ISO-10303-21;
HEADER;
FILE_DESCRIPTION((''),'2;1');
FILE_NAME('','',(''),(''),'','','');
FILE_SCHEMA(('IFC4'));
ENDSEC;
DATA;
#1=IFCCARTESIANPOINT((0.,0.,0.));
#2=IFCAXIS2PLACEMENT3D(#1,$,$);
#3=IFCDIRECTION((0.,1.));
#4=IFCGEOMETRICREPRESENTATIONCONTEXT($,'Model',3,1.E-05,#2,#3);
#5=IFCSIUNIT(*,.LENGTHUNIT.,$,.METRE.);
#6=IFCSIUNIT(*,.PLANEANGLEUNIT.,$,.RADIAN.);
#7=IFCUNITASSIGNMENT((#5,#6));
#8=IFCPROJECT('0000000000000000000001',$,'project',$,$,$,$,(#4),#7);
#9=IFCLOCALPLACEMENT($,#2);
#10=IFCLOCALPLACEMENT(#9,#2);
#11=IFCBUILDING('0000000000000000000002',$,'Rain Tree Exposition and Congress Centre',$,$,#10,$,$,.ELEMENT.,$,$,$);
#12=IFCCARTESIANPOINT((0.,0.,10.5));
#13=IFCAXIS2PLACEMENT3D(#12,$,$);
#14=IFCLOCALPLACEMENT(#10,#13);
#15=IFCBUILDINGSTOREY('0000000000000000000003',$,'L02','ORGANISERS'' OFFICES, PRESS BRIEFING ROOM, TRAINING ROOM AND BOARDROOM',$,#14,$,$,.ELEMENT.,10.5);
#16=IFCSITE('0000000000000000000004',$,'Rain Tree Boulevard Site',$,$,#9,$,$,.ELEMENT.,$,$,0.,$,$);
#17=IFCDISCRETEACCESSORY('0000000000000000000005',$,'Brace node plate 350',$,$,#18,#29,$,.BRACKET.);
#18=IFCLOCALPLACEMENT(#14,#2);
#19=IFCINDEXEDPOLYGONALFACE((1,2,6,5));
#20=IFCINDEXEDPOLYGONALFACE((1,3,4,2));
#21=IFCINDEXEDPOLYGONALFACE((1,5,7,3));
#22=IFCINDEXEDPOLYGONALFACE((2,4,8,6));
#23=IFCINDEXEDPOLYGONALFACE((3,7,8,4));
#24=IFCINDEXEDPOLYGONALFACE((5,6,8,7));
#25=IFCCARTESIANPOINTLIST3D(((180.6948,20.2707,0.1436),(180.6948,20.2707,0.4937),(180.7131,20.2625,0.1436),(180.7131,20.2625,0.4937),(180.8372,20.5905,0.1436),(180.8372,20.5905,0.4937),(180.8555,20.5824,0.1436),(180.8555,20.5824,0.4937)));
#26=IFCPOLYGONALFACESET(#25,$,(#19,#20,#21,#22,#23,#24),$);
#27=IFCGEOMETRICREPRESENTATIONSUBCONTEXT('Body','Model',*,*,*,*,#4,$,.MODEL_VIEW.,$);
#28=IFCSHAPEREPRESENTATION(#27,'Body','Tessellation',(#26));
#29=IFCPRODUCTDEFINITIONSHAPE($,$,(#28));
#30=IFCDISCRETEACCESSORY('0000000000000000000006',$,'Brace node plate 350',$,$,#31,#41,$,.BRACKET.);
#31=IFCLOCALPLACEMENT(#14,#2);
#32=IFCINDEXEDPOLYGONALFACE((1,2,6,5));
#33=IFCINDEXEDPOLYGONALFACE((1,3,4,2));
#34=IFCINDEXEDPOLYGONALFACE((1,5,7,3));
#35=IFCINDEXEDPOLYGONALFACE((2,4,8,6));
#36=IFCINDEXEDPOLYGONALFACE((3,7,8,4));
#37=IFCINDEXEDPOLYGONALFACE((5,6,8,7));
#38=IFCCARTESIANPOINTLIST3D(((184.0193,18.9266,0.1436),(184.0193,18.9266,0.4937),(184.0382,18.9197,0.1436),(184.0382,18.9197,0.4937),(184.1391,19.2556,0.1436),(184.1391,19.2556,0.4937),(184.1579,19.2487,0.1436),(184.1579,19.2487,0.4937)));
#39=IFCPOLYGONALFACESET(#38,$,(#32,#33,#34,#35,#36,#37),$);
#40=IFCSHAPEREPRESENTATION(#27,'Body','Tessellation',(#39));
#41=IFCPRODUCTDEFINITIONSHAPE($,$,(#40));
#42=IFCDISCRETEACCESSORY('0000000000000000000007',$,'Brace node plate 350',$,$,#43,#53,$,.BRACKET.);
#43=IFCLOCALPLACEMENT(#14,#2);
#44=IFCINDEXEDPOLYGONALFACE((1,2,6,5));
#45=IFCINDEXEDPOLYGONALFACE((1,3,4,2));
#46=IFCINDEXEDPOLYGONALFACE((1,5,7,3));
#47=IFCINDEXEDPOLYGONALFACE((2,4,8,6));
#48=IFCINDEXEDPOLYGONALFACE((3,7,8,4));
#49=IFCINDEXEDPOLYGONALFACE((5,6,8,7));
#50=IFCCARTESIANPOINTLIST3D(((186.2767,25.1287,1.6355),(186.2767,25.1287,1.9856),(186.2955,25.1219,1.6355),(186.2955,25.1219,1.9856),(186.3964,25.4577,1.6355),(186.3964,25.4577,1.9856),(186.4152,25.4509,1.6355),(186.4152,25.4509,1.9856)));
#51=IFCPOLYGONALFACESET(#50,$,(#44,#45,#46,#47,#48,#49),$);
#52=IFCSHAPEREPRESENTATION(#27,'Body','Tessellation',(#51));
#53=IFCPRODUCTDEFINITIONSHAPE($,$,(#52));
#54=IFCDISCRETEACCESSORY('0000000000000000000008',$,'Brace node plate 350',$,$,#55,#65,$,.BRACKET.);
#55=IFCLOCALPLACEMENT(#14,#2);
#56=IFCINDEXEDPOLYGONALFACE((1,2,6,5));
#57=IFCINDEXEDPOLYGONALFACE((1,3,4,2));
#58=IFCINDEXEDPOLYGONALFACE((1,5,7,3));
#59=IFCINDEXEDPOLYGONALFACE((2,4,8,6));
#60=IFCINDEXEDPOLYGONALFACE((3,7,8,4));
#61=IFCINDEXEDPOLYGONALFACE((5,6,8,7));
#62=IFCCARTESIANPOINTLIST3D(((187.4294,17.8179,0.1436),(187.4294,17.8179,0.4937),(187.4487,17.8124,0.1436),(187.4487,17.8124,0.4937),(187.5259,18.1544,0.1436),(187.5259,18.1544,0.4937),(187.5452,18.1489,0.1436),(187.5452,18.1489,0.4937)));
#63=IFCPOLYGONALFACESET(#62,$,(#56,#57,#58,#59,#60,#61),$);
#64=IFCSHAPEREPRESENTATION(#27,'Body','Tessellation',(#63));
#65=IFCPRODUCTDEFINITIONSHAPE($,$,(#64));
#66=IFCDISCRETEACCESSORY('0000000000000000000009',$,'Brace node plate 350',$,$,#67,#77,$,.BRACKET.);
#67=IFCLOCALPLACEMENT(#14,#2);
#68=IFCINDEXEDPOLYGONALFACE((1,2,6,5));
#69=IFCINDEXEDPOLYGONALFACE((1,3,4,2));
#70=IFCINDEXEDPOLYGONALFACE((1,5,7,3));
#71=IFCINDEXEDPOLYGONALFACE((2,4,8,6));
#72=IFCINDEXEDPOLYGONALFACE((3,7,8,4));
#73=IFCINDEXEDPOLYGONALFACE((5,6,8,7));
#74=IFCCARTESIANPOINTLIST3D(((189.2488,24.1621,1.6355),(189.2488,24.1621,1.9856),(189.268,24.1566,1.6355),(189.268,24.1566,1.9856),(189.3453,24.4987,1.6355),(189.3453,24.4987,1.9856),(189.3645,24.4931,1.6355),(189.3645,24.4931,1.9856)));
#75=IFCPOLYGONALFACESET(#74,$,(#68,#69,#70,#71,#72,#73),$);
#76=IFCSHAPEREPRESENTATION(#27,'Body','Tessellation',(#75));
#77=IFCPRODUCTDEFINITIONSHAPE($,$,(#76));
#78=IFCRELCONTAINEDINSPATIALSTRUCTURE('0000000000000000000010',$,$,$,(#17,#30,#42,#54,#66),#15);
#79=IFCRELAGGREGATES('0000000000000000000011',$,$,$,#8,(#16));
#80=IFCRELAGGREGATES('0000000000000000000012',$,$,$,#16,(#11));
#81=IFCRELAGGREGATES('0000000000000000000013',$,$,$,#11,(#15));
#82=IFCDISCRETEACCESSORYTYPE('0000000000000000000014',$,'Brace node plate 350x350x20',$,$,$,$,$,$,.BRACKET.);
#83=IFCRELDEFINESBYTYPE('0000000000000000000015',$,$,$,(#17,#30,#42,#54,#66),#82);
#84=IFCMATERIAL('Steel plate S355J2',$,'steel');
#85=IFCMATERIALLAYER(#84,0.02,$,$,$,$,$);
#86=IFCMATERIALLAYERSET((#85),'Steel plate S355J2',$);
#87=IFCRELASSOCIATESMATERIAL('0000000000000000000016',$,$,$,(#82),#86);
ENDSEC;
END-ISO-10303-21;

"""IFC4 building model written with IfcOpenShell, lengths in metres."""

from ifc_helpers import new_model, si_unit, direction, frame, origin, origin_2d, place, context, subcontext, project, spatial, rectangle, extrude, material, layer, layer_set, type_object, element, save


model = new_model("IFC4")

# Units and contexts
model_context = context("Model", 3, precision=1e-05, world=origin(), true_north=direction((0.0, 1.0)))
body_context = subcontext(model_context, "Body", "Model", "MODEL_VIEW")
ifc_project = project(units=[si_unit("LENGTHUNIT", "METRE"), si_unit("PLANEANGLEUNIT", "RADIAN")], contexts=[model_context])

# Site, building, storey
site_placement = place(None, origin())
site = spatial("IfcSite", under=ifc_project, at=site_placement, Name="Rain Tree Boulevard Site", CompositionType="ELEMENT", RefElevation=0.0)
building_placement = place(site_placement, origin())
building = spatial("IfcBuilding", under=site, at=building_placement, Name="Rain Tree Exposition and Congress Centre", CompositionType="ELEMENT")
storey_placement = place(building_placement, frame((0.0, 0.0, 10.5)))
storey = spatial("IfcBuildingStorey", under=building, at=storey_placement, Name="L02", Description="ORGANISERS' OFFICES, PRESS BRIEFING ROOM, TRAINING ROOM AND BOARDROOM", CompositionType="ELEMENT", Elevation=10.5)

# Discrete accessories
ifc_material_1 = material(Name="Steel plate S355J2", Category="steel")
ifc_layer_1 = layer(ifc_material_1, 0.02)
ifc_layer_set_1 = layer_set([ifc_layer_1], Name="Steel plate S355J2")
discrete_accessory_type = type_object("IfcDiscreteAccessoryType", Name="Brace node plate 350x350x20", PredefinedType="BRACKET", material=ifc_layer_set_1)
for number, where, z_axis, x_axis, name in (
    (1, (180.7751, 20.4265, 0.1436), (0.0, 0.0, 1.0), (0.406737, 0.913545, 0.0), "Brace node plate 350"),
    (2, (184.0886, 19.0876, 0.1436), (0.0, 0.0, 1.0), (0.34202, 0.939693, 0.0), "Brace node plate 350"),
    (3, (186.3459, 25.2898, 1.6355), (0.0, 0.0, 1.0), (0.34202, 0.939693, 0.0), "Brace node plate 350"),
    (4, (187.4873, 17.9834, 0.1436), (0.0, 0.0, 1.0), (0.275637, 0.961262, 0.0), "Brace node plate 350"),
    (5, (189.3066, 24.3276, 1.6355), (0.0, 0.0, 1.0), (0.275637, 0.961262, 0.0), "Brace node plate 350"),
):
    element("IfcDiscreteAccessory", number, at=place(storey_placement, frame(where, z_axis=z_axis, x_axis=x_axis)), inside=storey, type_object=discrete_accessory_type, Name=name, PredefinedType="BRACKET", context=body_context, shape_type="SweptSolid", body=[
        extrude(rectangle(XDim=0.3501, YDim=0.02, at=origin_2d()), origin(), (0.0, 0.0, 1.0), 0.3501),
    ])

save(model, "model.ifc")
